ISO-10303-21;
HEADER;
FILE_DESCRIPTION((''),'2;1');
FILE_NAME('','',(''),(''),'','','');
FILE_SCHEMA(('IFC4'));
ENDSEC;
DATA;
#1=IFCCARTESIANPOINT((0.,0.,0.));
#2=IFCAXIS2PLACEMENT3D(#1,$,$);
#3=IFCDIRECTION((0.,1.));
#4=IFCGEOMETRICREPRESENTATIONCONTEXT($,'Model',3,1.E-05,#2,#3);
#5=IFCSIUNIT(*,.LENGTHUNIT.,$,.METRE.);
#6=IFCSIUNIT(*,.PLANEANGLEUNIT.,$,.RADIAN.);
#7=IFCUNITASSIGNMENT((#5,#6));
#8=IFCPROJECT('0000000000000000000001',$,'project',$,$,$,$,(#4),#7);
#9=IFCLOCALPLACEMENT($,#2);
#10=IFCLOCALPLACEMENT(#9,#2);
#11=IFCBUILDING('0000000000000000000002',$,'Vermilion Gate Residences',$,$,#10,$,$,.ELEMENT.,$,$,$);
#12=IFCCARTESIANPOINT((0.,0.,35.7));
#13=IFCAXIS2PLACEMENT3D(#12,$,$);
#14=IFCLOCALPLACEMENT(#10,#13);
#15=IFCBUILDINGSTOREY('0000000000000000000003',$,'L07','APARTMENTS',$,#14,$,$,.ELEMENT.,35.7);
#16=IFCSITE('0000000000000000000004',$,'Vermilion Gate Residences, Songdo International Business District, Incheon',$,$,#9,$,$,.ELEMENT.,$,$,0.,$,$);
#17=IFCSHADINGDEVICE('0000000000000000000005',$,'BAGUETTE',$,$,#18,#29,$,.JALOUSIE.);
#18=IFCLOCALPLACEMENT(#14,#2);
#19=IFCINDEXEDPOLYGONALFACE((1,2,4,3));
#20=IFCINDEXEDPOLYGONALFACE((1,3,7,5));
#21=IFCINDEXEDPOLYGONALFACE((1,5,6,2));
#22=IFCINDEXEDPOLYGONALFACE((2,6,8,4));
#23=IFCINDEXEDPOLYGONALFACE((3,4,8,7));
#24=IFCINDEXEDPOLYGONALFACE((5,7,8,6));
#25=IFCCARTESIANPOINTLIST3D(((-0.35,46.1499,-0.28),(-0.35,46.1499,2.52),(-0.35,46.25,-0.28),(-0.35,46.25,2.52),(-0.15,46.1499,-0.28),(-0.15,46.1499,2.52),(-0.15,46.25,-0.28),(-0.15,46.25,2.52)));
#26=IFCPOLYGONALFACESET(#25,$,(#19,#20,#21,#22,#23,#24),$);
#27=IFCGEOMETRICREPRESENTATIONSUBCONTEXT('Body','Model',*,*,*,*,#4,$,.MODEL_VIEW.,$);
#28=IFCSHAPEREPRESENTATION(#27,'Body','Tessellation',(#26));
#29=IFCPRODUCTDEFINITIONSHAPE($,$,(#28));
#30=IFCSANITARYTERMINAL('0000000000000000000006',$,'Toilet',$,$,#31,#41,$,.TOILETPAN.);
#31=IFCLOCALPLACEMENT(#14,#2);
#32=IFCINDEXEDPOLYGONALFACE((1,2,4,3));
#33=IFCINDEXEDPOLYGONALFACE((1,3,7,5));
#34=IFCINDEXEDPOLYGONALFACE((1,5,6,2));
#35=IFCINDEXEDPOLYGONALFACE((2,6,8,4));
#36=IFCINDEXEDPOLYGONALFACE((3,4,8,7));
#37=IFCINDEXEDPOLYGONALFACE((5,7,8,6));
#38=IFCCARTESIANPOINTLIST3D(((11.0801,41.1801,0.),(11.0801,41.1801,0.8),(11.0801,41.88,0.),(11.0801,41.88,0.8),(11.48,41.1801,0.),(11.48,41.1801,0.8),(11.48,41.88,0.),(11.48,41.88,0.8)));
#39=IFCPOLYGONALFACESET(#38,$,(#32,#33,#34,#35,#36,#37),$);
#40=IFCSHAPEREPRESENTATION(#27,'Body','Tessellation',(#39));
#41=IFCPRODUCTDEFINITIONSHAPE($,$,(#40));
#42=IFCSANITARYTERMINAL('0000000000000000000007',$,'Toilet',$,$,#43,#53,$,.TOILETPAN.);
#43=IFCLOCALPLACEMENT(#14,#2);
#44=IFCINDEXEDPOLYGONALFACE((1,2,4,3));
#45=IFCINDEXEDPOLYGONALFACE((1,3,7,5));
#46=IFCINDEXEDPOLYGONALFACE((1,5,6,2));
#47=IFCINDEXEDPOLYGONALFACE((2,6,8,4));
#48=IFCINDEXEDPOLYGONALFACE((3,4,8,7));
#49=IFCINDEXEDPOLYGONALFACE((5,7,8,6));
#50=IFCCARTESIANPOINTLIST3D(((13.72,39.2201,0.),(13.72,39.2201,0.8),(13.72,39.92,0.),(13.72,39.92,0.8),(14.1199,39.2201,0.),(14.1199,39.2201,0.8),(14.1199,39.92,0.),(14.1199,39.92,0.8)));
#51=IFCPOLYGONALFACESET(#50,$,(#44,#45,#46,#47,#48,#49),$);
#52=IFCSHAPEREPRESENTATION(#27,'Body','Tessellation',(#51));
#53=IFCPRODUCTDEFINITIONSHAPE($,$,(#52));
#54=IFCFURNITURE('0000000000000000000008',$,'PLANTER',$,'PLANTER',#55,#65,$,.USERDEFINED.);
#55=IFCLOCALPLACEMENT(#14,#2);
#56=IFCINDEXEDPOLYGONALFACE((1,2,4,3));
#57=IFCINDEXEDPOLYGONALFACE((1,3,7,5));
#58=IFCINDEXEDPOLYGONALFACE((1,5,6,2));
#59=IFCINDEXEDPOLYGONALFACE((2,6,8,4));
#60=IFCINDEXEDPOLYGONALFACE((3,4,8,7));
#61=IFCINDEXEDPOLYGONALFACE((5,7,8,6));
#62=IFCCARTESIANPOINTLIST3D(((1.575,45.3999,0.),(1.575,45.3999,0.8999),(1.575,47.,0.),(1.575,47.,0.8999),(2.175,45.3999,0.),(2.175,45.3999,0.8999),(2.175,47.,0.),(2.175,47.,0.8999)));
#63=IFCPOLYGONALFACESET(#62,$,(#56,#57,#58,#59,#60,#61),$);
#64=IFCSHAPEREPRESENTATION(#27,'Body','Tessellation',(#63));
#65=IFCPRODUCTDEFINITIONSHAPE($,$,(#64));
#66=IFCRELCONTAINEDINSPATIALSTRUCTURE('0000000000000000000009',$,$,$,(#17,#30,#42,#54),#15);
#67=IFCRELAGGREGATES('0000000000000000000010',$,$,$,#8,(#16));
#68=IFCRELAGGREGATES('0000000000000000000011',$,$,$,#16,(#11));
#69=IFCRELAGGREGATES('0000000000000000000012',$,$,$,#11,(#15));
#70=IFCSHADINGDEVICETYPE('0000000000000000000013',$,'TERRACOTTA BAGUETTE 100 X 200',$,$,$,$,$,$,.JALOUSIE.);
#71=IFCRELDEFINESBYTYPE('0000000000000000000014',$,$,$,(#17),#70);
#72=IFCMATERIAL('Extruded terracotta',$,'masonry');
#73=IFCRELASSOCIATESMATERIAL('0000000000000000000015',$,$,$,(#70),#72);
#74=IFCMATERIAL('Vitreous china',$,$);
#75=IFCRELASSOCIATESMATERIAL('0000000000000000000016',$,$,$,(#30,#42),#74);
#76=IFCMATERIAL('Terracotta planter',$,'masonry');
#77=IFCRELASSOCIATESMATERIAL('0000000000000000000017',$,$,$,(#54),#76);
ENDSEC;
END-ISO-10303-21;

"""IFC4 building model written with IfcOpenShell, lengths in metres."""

from ifc_helpers import new_model, si_unit, direction, frame, origin, origin_2d, place, context, subcontext, project, spatial, rectangle, extrude, material, material_profile, profile_set, type_object, element, save


model = new_model("IFC4")

# Units and contexts
model_context = context("Model", 3, precision=1e-05, world=origin(), true_north=direction((0.0, 1.0)))
body_context = subcontext(model_context, "Body", "Model", "MODEL_VIEW")
ifc_project = project(units=[si_unit("LENGTHUNIT", "METRE"), si_unit("PLANEANGLEUNIT", "RADIAN")], contexts=[model_context])

# Site, building, storey
site_placement = place(None, origin())
site = spatial("IfcSite", under=ifc_project, at=site_placement, Name="Vermilion Gate Residences, Songdo International Business District, Incheon", CompositionType="ELEMENT", RefElevation=0.0)
building_placement = place(site_placement, origin())
building = spatial("IfcBuilding", under=site, at=building_placement, Name="Vermilion Gate Residences", CompositionType="ELEMENT")
storey_placement = place(building_placement, frame((0.0, 0.0, 35.7)))
storey = spatial("IfcBuildingStorey", under=building, at=storey_placement, Name="L07", Description="APARTMENTS", CompositionType="ELEMENT", Elevation=35.7)

# Shading device
ifc_material_1 = material(Name="Extruded terracotta", Category="masonry")
ifc_material_profile_1 = material_profile(ifc_material_1, rectangle(XDim=0.2, YDim=0.1001, at=origin_2d()), Name="BAGUETTE 100 X 200")
ifc_profile_set_1 = profile_set([ifc_material_profile_1], Name="Extruded terracotta")
shading_device_type = type_object("IfcShadingDeviceType", Name="TERRACOTTA BAGUETTE 100 X 200", PredefinedType="JALOUSIE", material=ifc_profile_set_1)
shading_device_placement = place(storey_placement, frame((-0.25, 46.2, -0.28), z_axis=(0.0, 0.0, 1.0), x_axis=(1.0, 0.0, 0.0)))
element("IfcShadingDevice", 1, at=shading_device_placement, inside=storey, type_object=shading_device_type, Name="BAGUETTE", PredefinedType="JALOUSIE", context=body_context, shape_type="SweptSolid", body=[
    extrude(rectangle(XDim=0.2, YDim=0.1001, at=origin_2d()), origin(), (0.0, 0.0, 1.0), 2.8),
])

# Sanitary terminals
ifc_material_2 = material(Name="Vitreous china")
for number, where, z_axis, x_axis, name in (
    (2, (11.28, 41.53, 0.0), (0.0, 0.0, 1.0), (1.0, 0.0, 0.0), "Toilet"),
    (3, (13.9199, 39.5701, 0.0), (0.0, 0.0, 1.0), (1.0, 0.0, 0.0), "Toilet"),
):
    element("IfcSanitaryTerminal", number, at=place(storey_placement, frame(where, z_axis=z_axis, x_axis=x_axis)), inside=storey, material=ifc_material_2, Name=name, PredefinedType="TOILETPAN", context=body_context, shape_type="SweptSolid", body=[
        extrude(rectangle(XDim=0.3999, YDim=0.7, at=origin_2d()), origin(), (0.0, 0.0, 1.0), 0.8),
    ])

# Furniture
ifc_material_3 = material(Name="Terracotta planter", Category="masonry")
furniture_placement = place(storey_placement, frame((1.875, 46.2, 0.0), z_axis=(0.0, 0.0, 1.0), x_axis=(0.0, -1.0, 0.0)))
element("IfcFurniture", 4, at=furniture_placement, inside=storey, material=ifc_material_3, Name="PLANTER", ObjectType="PLANTER", PredefinedType="USERDEFINED", context=body_context, shape_type="SweptSolid", body=[
    extrude(rectangle(XDim=1.6001, YDim=0.6001, at=origin_2d()), origin(), (0.0, 0.0, 1.0), 0.8999),
])

save(model, "model.ifc")
